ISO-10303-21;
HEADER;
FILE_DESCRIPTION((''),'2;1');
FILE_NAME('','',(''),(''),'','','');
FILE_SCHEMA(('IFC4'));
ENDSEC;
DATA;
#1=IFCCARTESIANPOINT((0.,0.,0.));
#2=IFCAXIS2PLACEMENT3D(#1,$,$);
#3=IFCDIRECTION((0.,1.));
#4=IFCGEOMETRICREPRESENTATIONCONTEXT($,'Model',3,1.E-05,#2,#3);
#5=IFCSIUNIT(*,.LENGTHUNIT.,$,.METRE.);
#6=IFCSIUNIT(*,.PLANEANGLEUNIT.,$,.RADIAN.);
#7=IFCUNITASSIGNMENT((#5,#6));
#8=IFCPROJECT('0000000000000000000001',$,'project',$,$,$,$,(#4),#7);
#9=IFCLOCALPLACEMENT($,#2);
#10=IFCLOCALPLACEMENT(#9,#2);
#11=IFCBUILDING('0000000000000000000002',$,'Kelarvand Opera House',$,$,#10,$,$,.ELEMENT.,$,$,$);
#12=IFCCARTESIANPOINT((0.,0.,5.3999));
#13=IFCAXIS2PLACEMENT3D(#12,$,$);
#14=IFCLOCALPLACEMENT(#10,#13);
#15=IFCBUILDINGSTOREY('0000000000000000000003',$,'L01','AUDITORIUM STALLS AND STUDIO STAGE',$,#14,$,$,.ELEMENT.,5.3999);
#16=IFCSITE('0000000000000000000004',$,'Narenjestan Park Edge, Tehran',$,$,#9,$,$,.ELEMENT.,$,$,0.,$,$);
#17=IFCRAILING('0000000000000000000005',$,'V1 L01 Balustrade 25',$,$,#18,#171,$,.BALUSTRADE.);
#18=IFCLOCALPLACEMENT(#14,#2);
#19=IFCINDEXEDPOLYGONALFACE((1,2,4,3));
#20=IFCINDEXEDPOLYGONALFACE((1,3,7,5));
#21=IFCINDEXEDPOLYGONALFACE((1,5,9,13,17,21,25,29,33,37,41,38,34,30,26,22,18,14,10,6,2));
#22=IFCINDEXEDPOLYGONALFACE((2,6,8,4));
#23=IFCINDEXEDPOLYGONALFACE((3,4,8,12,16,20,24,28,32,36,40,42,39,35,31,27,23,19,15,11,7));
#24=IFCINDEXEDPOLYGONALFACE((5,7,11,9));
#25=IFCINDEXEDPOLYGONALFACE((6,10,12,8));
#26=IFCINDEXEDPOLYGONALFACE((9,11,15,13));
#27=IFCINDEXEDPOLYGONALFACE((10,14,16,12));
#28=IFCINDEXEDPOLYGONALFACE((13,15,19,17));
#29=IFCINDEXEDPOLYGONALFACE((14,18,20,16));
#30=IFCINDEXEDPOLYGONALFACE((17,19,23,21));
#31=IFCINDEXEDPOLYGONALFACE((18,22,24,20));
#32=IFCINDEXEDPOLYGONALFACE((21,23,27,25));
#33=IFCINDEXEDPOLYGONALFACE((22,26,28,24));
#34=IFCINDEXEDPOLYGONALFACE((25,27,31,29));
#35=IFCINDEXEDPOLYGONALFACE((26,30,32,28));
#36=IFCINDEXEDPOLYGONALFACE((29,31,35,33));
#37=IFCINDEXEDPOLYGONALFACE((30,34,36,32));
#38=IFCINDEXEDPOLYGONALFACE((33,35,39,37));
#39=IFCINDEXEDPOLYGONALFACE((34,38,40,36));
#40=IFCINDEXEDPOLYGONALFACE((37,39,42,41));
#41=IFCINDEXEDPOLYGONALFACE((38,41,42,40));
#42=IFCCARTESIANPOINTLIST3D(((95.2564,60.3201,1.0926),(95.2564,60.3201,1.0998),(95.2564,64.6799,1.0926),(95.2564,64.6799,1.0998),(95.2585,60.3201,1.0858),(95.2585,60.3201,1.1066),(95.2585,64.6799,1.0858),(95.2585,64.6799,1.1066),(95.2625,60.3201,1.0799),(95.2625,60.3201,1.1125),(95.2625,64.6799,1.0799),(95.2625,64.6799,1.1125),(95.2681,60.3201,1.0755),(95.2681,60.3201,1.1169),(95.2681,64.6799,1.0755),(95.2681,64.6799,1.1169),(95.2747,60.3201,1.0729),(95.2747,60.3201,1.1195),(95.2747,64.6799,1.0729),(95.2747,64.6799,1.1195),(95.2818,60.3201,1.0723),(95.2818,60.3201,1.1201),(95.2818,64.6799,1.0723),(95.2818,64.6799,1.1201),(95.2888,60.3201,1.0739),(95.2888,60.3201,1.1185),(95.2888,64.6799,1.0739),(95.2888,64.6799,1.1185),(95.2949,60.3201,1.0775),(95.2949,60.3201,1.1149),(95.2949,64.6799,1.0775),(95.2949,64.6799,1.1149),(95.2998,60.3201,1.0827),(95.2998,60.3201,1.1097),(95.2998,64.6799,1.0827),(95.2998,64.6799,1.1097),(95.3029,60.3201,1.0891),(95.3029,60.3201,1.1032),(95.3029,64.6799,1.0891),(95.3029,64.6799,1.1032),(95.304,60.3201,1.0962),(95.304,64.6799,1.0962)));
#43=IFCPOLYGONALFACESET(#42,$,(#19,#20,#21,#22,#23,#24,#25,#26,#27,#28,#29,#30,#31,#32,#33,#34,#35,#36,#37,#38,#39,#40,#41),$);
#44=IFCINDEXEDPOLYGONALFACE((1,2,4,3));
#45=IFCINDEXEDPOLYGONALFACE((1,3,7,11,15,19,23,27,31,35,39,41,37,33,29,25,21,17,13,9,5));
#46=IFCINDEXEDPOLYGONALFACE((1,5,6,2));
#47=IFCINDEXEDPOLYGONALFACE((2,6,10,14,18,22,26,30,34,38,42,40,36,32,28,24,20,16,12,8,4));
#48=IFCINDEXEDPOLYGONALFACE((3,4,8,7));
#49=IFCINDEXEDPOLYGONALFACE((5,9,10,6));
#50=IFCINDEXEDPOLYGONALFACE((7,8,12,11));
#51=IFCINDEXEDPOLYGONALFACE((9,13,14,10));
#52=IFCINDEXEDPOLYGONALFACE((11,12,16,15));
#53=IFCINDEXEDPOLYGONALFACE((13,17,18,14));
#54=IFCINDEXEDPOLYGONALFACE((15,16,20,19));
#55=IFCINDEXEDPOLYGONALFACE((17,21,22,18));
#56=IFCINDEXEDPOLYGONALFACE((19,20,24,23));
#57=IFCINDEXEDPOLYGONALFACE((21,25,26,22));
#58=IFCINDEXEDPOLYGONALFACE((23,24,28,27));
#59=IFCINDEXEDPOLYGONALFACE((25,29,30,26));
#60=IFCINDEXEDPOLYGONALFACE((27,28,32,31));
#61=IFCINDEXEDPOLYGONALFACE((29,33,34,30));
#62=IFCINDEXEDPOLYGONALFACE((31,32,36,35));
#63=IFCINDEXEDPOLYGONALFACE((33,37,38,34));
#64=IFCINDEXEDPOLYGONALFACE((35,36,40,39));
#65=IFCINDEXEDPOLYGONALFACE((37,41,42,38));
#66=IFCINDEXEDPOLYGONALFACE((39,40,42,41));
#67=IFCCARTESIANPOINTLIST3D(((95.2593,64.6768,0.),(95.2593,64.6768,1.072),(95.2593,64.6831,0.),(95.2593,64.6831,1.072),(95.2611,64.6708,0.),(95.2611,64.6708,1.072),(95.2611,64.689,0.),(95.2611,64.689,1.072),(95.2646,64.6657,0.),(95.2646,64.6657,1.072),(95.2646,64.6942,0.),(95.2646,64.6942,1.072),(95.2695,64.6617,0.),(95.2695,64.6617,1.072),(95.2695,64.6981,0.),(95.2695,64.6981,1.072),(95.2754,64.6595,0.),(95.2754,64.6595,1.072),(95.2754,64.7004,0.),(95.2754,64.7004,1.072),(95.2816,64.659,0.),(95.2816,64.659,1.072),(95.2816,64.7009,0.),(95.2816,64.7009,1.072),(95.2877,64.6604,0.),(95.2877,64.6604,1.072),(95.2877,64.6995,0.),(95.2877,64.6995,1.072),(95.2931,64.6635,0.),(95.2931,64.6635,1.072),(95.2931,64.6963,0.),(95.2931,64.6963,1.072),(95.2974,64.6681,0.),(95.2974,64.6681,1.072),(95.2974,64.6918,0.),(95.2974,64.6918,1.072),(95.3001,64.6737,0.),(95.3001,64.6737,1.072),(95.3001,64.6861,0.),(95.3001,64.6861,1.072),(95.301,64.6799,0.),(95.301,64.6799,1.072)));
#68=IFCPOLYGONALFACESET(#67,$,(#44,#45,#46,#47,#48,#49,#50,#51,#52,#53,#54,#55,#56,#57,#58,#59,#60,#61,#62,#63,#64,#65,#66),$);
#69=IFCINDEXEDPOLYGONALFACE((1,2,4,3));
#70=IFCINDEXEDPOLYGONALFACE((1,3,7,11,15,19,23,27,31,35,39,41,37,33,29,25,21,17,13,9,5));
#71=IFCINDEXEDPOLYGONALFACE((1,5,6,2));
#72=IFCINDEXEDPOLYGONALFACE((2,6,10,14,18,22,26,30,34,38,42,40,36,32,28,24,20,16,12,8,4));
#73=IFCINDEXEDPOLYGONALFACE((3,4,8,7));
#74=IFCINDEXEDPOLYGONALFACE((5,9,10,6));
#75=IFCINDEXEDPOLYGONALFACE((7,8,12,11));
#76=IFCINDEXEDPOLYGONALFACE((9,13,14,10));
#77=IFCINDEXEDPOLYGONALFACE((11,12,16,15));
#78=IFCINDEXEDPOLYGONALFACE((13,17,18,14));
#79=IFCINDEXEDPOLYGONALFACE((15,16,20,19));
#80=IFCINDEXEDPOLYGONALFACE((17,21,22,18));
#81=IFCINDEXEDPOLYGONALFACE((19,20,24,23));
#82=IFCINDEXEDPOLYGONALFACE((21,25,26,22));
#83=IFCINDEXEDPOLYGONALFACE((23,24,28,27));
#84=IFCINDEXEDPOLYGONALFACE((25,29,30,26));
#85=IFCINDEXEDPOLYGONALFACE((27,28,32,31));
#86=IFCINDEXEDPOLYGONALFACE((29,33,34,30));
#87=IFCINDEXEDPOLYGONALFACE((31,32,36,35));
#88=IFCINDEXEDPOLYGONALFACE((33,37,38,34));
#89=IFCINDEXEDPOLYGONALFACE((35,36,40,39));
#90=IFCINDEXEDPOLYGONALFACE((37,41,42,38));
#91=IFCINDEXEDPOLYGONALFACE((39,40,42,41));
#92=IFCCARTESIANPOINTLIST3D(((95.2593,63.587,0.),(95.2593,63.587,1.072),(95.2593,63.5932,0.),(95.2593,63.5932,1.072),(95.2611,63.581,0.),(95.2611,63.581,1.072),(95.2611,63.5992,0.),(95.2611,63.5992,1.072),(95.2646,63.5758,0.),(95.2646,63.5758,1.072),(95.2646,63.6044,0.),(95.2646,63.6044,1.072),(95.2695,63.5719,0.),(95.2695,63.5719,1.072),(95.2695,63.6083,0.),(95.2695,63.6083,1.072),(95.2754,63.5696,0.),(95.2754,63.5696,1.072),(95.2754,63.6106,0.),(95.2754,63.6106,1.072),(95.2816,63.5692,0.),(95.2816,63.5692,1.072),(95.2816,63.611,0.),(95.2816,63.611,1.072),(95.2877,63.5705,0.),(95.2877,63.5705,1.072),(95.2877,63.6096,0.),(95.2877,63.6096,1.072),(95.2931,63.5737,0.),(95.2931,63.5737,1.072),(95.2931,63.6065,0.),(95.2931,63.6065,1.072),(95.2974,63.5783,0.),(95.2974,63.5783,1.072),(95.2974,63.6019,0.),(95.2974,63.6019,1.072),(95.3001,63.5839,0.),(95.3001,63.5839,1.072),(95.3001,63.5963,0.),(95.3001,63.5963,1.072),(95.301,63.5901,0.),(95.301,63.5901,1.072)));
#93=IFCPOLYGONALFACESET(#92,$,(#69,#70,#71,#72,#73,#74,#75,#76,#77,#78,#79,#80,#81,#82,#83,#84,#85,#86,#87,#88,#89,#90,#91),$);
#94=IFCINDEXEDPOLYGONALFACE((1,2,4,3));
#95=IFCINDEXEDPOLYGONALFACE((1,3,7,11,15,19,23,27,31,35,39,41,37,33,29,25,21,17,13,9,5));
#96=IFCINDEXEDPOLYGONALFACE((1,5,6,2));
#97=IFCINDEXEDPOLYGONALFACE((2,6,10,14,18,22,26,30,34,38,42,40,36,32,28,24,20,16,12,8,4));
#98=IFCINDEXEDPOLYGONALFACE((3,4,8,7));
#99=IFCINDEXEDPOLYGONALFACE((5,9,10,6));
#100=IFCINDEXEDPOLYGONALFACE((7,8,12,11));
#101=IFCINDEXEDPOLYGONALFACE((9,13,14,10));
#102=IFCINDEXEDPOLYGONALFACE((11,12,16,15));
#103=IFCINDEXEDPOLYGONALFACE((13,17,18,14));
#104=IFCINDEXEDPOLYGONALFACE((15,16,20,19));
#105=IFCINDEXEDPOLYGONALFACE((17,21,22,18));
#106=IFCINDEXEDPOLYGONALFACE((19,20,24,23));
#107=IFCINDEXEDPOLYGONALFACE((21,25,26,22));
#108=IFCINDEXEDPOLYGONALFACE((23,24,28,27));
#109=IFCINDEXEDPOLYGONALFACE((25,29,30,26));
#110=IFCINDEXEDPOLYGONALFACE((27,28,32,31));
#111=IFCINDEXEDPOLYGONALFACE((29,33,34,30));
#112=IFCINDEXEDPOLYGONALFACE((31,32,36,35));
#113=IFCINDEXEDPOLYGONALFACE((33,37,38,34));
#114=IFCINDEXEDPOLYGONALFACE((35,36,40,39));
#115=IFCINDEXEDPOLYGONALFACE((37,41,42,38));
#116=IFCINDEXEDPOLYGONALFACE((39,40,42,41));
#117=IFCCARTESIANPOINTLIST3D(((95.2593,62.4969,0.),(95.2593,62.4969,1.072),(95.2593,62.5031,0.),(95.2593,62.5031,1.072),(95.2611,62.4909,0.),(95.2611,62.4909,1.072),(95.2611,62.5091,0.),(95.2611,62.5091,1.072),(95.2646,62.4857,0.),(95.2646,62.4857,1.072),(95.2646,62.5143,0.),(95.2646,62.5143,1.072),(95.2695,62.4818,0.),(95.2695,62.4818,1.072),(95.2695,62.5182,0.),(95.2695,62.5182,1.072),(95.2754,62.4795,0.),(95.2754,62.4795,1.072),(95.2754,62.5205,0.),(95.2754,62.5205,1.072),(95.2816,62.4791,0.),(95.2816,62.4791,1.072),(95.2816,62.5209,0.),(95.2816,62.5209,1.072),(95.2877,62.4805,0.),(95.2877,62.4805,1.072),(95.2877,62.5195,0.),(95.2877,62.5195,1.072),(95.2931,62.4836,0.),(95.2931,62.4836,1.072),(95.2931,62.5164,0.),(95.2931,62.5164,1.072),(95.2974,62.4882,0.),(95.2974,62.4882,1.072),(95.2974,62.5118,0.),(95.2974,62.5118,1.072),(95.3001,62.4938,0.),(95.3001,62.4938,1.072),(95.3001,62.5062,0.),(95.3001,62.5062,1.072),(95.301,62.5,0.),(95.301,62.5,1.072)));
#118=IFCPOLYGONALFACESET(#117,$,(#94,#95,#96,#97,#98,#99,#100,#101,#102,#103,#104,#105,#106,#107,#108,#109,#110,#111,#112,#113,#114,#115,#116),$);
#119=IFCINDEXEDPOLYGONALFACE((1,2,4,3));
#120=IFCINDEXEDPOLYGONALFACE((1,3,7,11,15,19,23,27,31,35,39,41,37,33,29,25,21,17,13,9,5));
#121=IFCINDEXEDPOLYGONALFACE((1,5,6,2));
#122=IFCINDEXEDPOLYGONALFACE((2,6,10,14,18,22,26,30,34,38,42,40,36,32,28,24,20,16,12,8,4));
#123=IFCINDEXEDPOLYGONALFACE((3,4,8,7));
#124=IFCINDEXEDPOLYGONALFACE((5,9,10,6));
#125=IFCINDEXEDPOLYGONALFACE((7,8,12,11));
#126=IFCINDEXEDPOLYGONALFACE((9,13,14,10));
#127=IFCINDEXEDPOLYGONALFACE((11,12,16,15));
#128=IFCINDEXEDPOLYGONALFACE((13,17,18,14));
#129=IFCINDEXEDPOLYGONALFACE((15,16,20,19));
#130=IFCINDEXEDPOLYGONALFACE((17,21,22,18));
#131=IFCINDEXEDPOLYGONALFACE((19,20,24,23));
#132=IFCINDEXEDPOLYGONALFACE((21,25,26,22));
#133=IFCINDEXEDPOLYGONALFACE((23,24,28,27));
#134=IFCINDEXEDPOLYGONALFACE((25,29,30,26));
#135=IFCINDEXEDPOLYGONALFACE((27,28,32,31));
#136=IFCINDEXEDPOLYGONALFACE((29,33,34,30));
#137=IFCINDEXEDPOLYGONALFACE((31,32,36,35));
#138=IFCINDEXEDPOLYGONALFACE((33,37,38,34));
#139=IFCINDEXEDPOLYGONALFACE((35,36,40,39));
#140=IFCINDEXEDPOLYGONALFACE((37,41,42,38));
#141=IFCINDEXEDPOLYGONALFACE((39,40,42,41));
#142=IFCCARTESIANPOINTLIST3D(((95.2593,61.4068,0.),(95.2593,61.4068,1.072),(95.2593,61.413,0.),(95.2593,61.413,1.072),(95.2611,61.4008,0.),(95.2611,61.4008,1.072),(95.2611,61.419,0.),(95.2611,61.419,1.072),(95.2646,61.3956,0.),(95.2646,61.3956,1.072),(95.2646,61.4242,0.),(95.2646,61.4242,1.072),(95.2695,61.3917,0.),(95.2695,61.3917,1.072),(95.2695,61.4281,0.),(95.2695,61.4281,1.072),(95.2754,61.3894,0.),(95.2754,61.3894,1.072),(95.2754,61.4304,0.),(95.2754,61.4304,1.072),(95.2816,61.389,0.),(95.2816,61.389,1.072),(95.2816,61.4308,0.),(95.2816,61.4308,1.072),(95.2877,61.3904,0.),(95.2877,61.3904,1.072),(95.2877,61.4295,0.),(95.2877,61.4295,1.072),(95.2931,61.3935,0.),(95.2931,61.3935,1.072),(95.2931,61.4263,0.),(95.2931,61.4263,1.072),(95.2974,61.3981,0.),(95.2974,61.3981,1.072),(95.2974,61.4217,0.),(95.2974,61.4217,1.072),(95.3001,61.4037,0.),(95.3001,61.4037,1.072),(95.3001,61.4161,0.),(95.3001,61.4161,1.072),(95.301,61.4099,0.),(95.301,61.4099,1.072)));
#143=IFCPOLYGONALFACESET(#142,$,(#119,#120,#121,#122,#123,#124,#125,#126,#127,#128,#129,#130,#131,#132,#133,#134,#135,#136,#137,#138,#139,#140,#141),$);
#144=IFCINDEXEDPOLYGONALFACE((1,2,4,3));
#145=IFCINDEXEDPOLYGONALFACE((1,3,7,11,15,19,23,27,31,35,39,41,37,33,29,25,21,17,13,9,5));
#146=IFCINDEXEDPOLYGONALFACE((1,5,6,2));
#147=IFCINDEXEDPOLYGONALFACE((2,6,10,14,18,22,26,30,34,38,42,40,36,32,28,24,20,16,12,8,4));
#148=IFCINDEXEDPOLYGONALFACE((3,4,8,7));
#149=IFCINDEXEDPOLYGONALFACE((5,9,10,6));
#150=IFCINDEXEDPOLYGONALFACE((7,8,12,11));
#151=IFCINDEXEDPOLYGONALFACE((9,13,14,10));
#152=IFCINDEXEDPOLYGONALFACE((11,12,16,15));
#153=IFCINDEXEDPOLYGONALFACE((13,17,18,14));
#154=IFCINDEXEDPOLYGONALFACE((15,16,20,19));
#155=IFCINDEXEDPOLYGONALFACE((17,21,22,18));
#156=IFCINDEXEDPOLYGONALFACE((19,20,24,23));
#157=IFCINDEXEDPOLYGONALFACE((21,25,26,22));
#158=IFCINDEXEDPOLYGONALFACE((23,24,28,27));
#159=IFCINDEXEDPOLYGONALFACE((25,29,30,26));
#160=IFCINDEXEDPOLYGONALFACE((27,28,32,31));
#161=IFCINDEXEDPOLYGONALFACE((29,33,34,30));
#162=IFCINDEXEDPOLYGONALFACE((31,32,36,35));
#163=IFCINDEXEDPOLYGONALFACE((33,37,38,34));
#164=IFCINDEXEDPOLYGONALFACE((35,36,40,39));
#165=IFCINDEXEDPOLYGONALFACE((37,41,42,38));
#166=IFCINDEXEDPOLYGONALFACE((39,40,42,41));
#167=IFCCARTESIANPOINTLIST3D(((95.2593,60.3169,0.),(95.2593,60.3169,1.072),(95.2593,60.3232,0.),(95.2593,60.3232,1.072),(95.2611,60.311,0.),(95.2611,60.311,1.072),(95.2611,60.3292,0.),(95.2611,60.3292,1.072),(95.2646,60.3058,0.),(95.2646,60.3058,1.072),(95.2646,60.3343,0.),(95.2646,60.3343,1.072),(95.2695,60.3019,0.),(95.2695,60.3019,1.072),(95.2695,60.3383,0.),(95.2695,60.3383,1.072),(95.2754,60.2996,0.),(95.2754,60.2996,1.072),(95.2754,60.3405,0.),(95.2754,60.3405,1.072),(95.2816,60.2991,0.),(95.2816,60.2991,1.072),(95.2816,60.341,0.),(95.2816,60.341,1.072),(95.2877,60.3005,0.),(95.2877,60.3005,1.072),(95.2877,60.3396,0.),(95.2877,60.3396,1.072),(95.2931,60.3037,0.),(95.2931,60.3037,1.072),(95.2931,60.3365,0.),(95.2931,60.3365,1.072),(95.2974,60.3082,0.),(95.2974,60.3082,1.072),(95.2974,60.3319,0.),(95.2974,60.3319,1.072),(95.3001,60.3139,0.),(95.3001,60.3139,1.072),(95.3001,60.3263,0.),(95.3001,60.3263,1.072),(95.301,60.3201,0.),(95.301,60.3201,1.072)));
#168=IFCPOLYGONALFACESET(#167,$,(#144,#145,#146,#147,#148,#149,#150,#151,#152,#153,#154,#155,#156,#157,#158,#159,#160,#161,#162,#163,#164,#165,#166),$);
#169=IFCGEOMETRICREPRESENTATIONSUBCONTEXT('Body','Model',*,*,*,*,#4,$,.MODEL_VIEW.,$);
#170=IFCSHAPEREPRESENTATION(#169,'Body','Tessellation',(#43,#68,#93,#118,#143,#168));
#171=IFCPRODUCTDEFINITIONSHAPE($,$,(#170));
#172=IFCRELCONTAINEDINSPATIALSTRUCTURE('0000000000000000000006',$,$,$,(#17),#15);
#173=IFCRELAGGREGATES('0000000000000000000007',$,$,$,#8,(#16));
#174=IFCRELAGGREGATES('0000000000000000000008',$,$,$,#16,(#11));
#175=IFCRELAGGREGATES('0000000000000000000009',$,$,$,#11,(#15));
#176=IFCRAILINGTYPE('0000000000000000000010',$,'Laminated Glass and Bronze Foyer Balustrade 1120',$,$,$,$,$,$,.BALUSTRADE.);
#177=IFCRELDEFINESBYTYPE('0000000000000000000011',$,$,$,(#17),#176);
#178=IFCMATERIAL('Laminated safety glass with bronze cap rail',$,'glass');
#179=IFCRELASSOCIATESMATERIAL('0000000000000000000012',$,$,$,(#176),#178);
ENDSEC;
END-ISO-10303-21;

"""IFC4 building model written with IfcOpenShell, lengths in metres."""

from ifc_helpers import new_model, si_unit, direction, frame, origin, origin_2d, place, context, subcontext, project, spatial, circle, extrude, material, type_object, element, save


model = new_model("IFC4")

# Units and contexts
model_context = context("Model", 3, precision=1e-05, world=origin(), true_north=direction((0.0, 1.0)))
body_context = subcontext(model_context, "Body", "Model", "MODEL_VIEW")
ifc_project = project(units=[si_unit("LENGTHUNIT", "METRE"), si_unit("PLANEANGLEUNIT", "RADIAN")], contexts=[model_context])

# Site, building, storey
site_placement = place(None, origin())
site = spatial("IfcSite", under=ifc_project, at=site_placement, Name="Narenjestan Park Edge, Tehran", CompositionType="ELEMENT", RefElevation=0.0)
building_placement = place(site_placement, origin())
building = spatial("IfcBuilding", under=site, at=building_placement, Name="Kelarvand Opera House", CompositionType="ELEMENT")
storey_placement = place(building_placement, frame((0.0, 0.0, 5.3999)))
storey = spatial("IfcBuildingStorey", under=building, at=storey_placement, Name="L01", Description="AUDITORIUM STALLS AND STUDIO STAGE", CompositionType="ELEMENT", Elevation=5.3999)

# Railing
ifc_material_1 = material(Name="Laminated safety glass with bronze cap rail", Category="glass")
railing_type_1 = type_object("IfcRailingType", Name="Laminated Glass and Bronze Foyer Balustrade 1120", PredefinedType="BALUSTRADE", material=ifc_material_1)
railing_1_placement = place(storey_placement, frame((95.28, 64.6799, 0.0)))
element("IfcRailing", 1, at=railing_1_placement, inside=storey, type_object=railing_type_1, Name="V1 L01 Balustrade 25", PredefinedType="BALUSTRADE", context=body_context, shape_type="SweptSolid", body=[
    extrude(circle(Radius=0.0239, at=origin_2d()), frame((0.0, 0.0, 1.0962), z_axis=(0.0, -1.0, 0.0), x_axis=(1.0, 0.0, 0.0)), (0.0, 0.0, 1.0), 4.3599),
    extrude(circle(Radius=0.021, at=origin_2d()), origin(), (0.0, 0.0, 1.0), 1.072),
    extrude(circle(Radius=0.021, at=origin_2d()), frame((0.0, -1.0898, 0.0)), (0.0, 0.0, 1.0), 1.072),
    extrude(circle(Radius=0.021, at=origin_2d()), frame((0.0, -2.1799, 0.0)), (0.0, 0.0, 1.0), 1.072),
    extrude(circle(Radius=0.021, at=origin_2d()), frame((0.0, -3.27, 0.0)), (0.0, 0.0, 1.0), 1.072),
    extrude(circle(Radius=0.021, at=origin_2d()), frame((0.0, -4.3599, 0.0)), (0.0, 0.0, 1.0), 1.072),
])

save(model, "model.ifc")
